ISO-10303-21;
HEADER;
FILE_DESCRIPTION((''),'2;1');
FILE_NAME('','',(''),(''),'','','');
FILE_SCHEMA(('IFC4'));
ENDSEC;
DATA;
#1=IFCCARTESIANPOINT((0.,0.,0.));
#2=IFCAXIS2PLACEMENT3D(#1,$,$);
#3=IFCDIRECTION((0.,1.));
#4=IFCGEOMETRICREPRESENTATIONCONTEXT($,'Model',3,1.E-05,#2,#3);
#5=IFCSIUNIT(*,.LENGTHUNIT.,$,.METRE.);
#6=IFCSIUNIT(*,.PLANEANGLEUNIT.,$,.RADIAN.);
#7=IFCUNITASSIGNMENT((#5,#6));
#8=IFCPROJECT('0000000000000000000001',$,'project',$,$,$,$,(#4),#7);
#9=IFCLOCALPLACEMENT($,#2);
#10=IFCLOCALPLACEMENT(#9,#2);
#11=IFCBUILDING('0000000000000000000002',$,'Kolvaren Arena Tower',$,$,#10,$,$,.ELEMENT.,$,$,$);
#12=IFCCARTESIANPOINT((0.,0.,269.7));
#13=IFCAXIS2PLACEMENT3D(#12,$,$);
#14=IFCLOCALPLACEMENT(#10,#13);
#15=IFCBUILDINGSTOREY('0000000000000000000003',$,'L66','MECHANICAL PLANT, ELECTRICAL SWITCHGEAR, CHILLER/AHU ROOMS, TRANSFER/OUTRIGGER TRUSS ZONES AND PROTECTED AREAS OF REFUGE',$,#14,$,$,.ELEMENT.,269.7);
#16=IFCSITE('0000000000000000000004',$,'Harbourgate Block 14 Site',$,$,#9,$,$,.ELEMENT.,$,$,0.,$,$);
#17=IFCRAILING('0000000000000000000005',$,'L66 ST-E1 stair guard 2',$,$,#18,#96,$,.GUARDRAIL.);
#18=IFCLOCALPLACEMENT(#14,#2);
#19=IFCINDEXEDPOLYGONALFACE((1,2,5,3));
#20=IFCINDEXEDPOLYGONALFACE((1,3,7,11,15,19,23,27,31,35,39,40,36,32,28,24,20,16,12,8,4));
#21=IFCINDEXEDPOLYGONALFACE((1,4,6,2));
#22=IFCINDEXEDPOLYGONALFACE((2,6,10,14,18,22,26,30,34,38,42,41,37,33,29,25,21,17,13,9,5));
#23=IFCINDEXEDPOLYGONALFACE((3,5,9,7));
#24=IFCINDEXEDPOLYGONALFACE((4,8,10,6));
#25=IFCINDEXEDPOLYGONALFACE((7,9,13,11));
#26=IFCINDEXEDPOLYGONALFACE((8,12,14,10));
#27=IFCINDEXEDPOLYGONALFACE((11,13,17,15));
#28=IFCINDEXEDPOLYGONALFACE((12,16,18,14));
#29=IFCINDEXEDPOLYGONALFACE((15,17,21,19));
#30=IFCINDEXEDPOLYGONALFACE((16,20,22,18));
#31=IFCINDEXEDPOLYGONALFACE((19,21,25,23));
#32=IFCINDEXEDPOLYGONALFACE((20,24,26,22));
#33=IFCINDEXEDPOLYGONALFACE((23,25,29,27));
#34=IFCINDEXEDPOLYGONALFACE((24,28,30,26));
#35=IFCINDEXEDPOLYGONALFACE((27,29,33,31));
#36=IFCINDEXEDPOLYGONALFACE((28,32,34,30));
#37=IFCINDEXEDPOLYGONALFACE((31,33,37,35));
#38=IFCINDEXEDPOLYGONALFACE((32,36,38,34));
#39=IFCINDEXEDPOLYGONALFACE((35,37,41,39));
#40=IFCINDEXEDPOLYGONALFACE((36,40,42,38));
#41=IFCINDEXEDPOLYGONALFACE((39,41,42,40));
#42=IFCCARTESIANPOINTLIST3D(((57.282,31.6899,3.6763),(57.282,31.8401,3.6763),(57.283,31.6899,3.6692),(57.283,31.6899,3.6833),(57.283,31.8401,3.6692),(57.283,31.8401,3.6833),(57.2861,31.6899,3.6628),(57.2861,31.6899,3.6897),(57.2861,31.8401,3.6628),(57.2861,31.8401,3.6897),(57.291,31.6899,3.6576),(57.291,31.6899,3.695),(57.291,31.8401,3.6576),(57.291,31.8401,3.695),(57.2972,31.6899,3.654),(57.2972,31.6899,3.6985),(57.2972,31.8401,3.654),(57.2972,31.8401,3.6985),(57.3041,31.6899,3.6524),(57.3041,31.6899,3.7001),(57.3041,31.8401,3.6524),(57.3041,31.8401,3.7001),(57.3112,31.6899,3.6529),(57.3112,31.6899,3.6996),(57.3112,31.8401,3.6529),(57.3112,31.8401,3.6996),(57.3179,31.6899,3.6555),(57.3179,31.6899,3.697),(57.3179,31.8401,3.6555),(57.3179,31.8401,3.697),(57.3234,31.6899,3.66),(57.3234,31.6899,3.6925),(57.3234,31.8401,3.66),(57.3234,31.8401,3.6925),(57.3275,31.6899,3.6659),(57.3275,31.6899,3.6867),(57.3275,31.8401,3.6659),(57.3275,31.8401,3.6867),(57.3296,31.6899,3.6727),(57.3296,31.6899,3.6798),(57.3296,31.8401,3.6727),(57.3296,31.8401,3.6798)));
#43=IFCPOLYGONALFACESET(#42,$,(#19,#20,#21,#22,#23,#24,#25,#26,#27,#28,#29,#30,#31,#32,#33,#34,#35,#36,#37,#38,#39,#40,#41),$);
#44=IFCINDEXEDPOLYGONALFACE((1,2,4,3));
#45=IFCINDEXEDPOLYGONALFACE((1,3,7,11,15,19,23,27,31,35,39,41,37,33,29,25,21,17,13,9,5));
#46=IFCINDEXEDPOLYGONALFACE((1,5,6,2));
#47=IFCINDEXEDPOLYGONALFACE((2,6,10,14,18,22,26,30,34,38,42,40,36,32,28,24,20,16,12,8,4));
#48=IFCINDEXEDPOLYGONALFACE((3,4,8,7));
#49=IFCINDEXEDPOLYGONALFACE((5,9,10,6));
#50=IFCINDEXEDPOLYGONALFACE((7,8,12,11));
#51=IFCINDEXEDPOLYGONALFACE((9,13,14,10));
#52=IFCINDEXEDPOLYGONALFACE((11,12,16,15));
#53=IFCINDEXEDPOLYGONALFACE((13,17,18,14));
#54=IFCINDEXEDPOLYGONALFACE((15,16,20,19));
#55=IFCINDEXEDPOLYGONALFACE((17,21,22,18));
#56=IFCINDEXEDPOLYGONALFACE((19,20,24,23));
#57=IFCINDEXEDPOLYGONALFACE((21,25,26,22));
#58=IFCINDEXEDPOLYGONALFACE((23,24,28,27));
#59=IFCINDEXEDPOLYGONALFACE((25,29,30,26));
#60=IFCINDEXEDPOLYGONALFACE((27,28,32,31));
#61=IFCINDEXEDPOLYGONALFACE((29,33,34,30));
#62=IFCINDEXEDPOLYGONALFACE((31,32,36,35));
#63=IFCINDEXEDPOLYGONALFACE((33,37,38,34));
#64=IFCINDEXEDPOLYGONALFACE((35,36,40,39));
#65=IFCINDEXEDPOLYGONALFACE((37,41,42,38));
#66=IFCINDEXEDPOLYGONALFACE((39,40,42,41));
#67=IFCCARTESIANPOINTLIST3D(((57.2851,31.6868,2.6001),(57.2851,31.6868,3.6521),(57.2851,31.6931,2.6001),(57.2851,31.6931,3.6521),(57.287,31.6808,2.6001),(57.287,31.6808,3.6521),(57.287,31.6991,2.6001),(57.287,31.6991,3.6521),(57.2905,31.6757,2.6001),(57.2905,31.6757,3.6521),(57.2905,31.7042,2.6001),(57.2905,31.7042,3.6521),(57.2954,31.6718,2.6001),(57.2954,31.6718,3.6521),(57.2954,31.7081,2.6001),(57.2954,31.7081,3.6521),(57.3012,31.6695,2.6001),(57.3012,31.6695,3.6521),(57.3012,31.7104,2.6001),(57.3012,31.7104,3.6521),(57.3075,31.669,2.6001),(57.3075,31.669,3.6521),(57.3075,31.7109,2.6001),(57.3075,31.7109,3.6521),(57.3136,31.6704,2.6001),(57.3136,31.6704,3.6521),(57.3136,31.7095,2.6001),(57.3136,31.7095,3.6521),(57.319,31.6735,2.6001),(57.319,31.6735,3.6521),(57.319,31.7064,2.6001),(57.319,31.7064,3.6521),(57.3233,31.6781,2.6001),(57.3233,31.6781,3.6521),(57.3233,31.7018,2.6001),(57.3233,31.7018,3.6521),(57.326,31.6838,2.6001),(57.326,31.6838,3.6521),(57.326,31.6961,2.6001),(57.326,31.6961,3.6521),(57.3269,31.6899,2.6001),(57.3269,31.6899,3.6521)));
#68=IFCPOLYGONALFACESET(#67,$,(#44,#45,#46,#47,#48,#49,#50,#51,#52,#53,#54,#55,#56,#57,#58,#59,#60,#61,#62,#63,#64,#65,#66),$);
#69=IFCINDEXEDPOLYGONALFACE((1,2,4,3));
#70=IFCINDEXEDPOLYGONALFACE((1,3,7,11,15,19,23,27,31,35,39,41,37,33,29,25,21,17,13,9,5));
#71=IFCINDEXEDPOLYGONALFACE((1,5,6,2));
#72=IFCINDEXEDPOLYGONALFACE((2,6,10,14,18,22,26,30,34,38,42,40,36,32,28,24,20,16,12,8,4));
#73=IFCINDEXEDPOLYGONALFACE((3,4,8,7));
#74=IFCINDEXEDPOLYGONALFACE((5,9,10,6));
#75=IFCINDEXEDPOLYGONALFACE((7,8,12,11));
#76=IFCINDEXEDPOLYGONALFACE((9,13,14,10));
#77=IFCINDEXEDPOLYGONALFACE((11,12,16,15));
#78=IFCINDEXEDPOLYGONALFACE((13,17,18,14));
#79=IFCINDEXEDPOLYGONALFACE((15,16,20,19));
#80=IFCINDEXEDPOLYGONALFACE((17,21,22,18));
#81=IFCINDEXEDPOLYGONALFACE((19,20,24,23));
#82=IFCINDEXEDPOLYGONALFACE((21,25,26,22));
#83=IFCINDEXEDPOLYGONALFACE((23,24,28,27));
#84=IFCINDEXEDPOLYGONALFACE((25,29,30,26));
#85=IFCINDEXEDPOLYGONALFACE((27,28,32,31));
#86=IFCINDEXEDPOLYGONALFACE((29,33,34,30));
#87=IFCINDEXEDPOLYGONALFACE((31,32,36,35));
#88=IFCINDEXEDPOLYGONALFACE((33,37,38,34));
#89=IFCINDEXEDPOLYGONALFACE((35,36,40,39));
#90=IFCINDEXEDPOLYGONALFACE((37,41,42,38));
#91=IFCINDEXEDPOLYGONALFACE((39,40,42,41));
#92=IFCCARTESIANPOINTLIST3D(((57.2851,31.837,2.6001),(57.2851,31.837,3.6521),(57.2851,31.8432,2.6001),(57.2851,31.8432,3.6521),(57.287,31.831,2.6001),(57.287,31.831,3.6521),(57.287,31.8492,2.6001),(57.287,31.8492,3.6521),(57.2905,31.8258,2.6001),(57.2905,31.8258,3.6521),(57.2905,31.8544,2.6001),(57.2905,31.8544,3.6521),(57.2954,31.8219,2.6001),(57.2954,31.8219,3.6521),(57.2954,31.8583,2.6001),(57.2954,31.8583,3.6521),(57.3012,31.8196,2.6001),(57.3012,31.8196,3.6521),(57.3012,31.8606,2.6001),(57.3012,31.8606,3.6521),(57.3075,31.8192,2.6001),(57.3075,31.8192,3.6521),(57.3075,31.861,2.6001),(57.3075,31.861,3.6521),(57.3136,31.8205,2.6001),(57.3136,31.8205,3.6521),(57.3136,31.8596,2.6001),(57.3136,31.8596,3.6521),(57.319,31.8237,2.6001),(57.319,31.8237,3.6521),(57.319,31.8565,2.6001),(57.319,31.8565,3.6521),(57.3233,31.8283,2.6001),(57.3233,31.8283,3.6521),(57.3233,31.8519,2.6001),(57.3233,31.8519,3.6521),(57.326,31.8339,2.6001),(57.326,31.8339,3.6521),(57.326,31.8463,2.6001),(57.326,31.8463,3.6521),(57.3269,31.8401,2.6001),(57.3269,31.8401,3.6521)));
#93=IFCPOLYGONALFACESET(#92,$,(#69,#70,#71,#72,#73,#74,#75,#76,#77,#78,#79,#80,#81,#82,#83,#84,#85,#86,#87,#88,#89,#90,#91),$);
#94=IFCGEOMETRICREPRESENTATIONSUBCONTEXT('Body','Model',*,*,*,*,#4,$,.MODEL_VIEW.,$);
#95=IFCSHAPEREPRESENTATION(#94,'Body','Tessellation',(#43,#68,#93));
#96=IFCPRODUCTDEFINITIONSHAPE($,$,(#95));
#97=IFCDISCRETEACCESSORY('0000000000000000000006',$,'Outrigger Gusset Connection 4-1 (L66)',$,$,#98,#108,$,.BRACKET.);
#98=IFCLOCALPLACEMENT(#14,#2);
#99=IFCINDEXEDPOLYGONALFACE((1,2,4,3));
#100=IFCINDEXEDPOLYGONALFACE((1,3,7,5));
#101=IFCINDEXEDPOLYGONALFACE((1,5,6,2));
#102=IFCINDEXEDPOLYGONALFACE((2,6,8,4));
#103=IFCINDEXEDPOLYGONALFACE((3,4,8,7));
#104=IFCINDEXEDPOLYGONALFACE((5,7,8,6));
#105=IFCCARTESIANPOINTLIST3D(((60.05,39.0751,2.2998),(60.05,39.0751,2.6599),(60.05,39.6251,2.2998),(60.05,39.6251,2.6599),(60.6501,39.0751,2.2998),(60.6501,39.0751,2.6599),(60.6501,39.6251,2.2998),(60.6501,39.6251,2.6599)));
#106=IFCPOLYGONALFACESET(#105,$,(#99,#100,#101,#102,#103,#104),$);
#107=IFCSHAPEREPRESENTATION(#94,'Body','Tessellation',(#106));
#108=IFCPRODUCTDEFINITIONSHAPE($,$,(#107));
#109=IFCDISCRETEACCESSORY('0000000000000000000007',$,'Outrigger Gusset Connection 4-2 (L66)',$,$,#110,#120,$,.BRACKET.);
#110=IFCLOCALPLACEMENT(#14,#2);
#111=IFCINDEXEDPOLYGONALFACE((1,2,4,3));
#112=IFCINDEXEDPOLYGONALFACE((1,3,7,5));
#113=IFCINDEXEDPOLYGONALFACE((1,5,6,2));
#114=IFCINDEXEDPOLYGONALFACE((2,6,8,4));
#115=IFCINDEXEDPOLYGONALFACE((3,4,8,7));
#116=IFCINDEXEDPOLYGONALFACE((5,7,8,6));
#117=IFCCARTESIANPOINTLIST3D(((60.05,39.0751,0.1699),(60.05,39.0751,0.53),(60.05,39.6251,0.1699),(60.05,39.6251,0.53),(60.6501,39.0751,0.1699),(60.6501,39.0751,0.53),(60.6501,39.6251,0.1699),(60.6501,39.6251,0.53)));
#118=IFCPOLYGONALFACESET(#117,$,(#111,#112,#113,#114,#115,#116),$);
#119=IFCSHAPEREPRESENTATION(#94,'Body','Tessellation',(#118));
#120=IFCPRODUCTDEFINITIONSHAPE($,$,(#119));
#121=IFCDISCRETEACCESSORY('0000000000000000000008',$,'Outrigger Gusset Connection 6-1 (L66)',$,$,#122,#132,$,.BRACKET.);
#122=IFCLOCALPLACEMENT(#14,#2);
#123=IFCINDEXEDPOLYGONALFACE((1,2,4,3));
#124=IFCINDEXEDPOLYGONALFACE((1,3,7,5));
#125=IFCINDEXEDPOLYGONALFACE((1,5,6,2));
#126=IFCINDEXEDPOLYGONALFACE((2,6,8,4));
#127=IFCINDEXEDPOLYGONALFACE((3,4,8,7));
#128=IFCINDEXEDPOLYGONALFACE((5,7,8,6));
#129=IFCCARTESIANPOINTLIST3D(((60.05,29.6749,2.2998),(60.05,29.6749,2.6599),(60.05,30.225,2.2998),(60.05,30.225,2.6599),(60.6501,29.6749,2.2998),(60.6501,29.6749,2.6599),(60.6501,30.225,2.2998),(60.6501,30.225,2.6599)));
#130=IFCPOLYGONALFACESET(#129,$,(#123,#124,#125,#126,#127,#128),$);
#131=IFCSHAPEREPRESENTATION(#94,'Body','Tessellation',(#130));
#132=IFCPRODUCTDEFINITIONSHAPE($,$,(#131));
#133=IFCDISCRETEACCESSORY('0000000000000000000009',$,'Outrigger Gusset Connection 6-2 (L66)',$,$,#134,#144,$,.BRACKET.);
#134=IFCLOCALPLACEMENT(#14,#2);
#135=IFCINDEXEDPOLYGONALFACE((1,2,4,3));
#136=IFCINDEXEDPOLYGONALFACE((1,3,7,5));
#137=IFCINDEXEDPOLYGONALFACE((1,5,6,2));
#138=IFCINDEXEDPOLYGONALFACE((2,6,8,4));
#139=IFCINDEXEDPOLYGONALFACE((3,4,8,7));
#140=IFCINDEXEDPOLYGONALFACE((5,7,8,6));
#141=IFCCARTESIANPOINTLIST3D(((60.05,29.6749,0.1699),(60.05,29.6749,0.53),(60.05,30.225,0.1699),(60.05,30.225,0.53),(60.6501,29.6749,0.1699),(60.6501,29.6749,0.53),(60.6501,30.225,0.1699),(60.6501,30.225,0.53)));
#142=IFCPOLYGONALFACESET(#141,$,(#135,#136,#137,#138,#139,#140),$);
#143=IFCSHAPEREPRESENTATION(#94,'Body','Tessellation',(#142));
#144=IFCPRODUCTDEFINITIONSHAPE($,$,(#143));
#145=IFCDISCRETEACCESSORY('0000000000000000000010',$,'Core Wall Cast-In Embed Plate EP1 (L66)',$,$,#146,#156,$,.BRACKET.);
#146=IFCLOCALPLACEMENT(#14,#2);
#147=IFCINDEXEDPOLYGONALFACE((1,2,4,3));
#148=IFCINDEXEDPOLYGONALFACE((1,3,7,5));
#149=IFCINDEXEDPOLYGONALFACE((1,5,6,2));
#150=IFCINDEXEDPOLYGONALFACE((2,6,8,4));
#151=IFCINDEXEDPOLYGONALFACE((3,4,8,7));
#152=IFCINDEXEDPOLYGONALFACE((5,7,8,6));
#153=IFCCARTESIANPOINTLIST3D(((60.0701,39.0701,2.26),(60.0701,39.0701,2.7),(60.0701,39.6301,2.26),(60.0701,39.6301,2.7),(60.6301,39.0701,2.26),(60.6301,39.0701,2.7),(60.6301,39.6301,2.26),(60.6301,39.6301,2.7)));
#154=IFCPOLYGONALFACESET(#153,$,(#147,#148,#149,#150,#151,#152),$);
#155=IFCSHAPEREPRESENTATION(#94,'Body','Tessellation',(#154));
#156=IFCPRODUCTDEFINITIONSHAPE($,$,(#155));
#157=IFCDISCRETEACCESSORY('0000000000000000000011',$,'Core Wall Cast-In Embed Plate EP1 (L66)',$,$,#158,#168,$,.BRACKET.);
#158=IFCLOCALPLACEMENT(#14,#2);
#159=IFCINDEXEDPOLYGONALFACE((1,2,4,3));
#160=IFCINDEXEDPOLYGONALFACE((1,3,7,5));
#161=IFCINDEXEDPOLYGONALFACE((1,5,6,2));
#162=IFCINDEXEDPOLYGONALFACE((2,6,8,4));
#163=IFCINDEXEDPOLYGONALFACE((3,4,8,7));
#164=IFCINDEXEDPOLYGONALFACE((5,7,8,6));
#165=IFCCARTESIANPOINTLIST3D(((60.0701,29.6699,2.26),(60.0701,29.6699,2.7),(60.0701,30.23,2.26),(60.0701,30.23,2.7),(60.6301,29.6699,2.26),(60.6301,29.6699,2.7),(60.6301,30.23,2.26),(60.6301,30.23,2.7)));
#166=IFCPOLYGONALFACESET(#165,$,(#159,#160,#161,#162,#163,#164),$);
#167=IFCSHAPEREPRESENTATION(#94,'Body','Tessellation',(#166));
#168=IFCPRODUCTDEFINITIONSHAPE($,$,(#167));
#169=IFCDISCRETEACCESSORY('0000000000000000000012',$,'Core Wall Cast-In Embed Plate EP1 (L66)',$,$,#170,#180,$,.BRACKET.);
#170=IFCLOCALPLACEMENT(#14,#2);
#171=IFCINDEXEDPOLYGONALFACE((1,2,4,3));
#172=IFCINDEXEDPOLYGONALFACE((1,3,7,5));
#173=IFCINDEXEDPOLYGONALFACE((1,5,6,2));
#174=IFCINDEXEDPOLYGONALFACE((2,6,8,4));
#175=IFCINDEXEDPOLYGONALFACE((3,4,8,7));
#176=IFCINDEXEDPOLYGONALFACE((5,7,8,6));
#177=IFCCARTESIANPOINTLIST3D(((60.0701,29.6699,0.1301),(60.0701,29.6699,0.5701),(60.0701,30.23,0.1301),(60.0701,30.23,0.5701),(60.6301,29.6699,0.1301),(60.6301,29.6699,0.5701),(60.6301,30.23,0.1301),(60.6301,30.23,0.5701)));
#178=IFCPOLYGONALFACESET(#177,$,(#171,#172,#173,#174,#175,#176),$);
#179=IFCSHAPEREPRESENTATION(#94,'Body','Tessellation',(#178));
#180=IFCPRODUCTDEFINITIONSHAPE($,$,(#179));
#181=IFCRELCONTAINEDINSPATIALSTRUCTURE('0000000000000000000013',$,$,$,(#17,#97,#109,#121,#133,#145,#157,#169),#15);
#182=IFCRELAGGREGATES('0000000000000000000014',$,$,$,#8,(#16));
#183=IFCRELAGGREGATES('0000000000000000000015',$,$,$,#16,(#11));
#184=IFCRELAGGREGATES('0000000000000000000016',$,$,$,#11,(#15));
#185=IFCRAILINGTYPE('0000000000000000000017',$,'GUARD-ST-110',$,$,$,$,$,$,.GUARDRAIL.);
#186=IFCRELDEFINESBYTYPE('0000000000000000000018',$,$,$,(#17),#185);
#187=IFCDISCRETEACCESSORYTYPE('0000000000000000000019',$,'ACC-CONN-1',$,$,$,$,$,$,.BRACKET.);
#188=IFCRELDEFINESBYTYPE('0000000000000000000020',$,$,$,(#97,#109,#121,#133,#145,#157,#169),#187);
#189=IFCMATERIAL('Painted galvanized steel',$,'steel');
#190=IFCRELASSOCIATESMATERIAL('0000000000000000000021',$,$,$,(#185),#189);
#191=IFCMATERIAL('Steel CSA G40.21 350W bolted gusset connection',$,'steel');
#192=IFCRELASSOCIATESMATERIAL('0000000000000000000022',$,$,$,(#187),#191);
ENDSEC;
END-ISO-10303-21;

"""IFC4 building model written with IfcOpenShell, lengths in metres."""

from ifc_helpers import new_model, si_unit, direction, frame, origin, origin_2d, place, context, subcontext, project, spatial, rectangle, circle, extrude, material, type_object, element, save


model = new_model("IFC4")

# Units and contexts
model_context = context("Model", 3, precision=1e-05, world=origin(), true_north=direction((0.0, 1.0)))
body_context = subcontext(model_context, "Body", "Model", "MODEL_VIEW")
ifc_project = project(units=[si_unit("LENGTHUNIT", "METRE"), si_unit("PLANEANGLEUNIT", "RADIAN")], contexts=[model_context])

# Site, building, storey
site_placement = place(None, origin())
site = spatial("IfcSite", under=ifc_project, at=site_placement, Name="Harbourgate Block 14 Site", CompositionType="ELEMENT", RefElevation=0.0)
building_placement = place(site_placement, origin())
building = spatial("IfcBuilding", under=site, at=building_placement, Name="Kolvaren Arena Tower", CompositionType="ELEMENT")
storey_placement = place(building_placement, frame((0.0, 0.0, 269.7)))
storey = spatial("IfcBuildingStorey", under=building, at=storey_placement, Name="L66", Description="MECHANICAL PLANT, ELECTRICAL SWITCHGEAR, CHILLER/AHU ROOMS, TRANSFER/OUTRIGGER TRUSS ZONES AND PROTECTED AREAS OF REFUGE", CompositionType="ELEMENT", Elevation=269.7)

# Railing
ifc_material_1 = material(Name="Painted galvanized steel", Category="steel")
railing_type = type_object("IfcRailingType", Name="GUARD-ST-110", PredefinedType="GUARDRAIL", material=ifc_material_1)
railing_placement = place(storey_placement, frame((57.3059, 31.6899, 2.6001)))
element("IfcRailing", 1, at=railing_placement, inside=storey, type_object=railing_type, Name="L66 ST-E1 stair guard 2", PredefinedType="GUARDRAIL", context=body_context, shape_type="SweptSolid", body=[
    extrude(circle(Radius=0.0239, at=origin_2d()), frame((0.0, 0.0, 1.0762), z_axis=(0.0, 1.0, 0.0), x_axis=(-1.0, 0.0, 0.0)), (0.0, 0.0, 1.0), 0.1501),
    extrude(circle(Radius=0.021, at=origin_2d()), origin(), (0.0, 0.0, 1.0), 1.052),
    extrude(circle(Radius=0.021, at=origin_2d()), frame((0.0, 0.1501, 0.0)), (0.0, 0.0, 1.0), 1.052),
])

# Discrete accessories
ifc_material_2 = material(Name="Steel CSA G40.21 350W bolted gusset connection", Category="steel")
discrete_accessory_type = type_object("IfcDiscreteAccessoryType", Name="ACC-CONN-1", PredefinedType="BRACKET", material=ifc_material_2)
for number, where, z_axis, x_axis, name in (
    (2, (60.3501, 39.3501, 2.2998), (0.0, 0.0, 1.0), (1.0, 0.0, 0.0), "Outrigger Gusset Connection 4-1 (L66)"),
    (3, (60.3501, 39.3501, 0.1699), (0.0, 0.0, 1.0), (1.0, 0.0, 0.0), "Outrigger Gusset Connection 4-2 (L66)"),
    (4, (60.3501, 29.95, 2.2998), (0.0, 0.0, 1.0), (1.0, 0.0, 0.0), "Outrigger Gusset Connection 6-1 (L66)"),
    (5, (60.3501, 29.95, 0.1699), (0.0, 0.0, 1.0), (1.0, 0.0, 0.0), "Outrigger Gusset Connection 6-2 (L66)"),
):
    element("IfcDiscreteAccessory", number, at=place(storey_placement, frame(where, z_axis=z_axis, x_axis=x_axis)), inside=storey, type_object=discrete_accessory_type, Name=name, PredefinedType="BRACKET", context=body_context, shape_type="SweptSolid", body=[
        extrude(rectangle(XDim=0.6001, YDim=0.55, at=origin_2d()), origin(), (0.0, 0.0, 1.0), 0.3601),
    ])
for number, where, z_axis, x_axis, name in (
    (6, (60.3501, 39.3501, 2.26), (0.0, 0.0, 1.0), (1.0, 0.0, 0.0), "Core Wall Cast-In Embed Plate EP1 (L66)"),
    (7, (60.3501, 29.95, 2.26), (0.0, 0.0, 1.0), (1.0, 0.0, 0.0), "Core Wall Cast-In Embed Plate EP1 (L66)"),
    (8, (60.3501, 29.95, 0.1301), (0.0, 0.0, 1.0), (1.0, 0.0, 0.0), "Core Wall Cast-In Embed Plate EP1 (L66)"),
):
    element("IfcDiscreteAccessory", number, at=place(storey_placement, frame(where, z_axis=z_axis, x_axis=x_axis)), inside=storey, type_object=discrete_accessory_type, Name=name, PredefinedType="BRACKET", context=body_context, shape_type="SweptSolid", body=[
        extrude(rectangle(XDim=0.5601, YDim=0.5601, at=origin_2d()), origin(), (0.0, 0.0, 1.0), 0.4399),
    ])

save(model, "model.ifc")
